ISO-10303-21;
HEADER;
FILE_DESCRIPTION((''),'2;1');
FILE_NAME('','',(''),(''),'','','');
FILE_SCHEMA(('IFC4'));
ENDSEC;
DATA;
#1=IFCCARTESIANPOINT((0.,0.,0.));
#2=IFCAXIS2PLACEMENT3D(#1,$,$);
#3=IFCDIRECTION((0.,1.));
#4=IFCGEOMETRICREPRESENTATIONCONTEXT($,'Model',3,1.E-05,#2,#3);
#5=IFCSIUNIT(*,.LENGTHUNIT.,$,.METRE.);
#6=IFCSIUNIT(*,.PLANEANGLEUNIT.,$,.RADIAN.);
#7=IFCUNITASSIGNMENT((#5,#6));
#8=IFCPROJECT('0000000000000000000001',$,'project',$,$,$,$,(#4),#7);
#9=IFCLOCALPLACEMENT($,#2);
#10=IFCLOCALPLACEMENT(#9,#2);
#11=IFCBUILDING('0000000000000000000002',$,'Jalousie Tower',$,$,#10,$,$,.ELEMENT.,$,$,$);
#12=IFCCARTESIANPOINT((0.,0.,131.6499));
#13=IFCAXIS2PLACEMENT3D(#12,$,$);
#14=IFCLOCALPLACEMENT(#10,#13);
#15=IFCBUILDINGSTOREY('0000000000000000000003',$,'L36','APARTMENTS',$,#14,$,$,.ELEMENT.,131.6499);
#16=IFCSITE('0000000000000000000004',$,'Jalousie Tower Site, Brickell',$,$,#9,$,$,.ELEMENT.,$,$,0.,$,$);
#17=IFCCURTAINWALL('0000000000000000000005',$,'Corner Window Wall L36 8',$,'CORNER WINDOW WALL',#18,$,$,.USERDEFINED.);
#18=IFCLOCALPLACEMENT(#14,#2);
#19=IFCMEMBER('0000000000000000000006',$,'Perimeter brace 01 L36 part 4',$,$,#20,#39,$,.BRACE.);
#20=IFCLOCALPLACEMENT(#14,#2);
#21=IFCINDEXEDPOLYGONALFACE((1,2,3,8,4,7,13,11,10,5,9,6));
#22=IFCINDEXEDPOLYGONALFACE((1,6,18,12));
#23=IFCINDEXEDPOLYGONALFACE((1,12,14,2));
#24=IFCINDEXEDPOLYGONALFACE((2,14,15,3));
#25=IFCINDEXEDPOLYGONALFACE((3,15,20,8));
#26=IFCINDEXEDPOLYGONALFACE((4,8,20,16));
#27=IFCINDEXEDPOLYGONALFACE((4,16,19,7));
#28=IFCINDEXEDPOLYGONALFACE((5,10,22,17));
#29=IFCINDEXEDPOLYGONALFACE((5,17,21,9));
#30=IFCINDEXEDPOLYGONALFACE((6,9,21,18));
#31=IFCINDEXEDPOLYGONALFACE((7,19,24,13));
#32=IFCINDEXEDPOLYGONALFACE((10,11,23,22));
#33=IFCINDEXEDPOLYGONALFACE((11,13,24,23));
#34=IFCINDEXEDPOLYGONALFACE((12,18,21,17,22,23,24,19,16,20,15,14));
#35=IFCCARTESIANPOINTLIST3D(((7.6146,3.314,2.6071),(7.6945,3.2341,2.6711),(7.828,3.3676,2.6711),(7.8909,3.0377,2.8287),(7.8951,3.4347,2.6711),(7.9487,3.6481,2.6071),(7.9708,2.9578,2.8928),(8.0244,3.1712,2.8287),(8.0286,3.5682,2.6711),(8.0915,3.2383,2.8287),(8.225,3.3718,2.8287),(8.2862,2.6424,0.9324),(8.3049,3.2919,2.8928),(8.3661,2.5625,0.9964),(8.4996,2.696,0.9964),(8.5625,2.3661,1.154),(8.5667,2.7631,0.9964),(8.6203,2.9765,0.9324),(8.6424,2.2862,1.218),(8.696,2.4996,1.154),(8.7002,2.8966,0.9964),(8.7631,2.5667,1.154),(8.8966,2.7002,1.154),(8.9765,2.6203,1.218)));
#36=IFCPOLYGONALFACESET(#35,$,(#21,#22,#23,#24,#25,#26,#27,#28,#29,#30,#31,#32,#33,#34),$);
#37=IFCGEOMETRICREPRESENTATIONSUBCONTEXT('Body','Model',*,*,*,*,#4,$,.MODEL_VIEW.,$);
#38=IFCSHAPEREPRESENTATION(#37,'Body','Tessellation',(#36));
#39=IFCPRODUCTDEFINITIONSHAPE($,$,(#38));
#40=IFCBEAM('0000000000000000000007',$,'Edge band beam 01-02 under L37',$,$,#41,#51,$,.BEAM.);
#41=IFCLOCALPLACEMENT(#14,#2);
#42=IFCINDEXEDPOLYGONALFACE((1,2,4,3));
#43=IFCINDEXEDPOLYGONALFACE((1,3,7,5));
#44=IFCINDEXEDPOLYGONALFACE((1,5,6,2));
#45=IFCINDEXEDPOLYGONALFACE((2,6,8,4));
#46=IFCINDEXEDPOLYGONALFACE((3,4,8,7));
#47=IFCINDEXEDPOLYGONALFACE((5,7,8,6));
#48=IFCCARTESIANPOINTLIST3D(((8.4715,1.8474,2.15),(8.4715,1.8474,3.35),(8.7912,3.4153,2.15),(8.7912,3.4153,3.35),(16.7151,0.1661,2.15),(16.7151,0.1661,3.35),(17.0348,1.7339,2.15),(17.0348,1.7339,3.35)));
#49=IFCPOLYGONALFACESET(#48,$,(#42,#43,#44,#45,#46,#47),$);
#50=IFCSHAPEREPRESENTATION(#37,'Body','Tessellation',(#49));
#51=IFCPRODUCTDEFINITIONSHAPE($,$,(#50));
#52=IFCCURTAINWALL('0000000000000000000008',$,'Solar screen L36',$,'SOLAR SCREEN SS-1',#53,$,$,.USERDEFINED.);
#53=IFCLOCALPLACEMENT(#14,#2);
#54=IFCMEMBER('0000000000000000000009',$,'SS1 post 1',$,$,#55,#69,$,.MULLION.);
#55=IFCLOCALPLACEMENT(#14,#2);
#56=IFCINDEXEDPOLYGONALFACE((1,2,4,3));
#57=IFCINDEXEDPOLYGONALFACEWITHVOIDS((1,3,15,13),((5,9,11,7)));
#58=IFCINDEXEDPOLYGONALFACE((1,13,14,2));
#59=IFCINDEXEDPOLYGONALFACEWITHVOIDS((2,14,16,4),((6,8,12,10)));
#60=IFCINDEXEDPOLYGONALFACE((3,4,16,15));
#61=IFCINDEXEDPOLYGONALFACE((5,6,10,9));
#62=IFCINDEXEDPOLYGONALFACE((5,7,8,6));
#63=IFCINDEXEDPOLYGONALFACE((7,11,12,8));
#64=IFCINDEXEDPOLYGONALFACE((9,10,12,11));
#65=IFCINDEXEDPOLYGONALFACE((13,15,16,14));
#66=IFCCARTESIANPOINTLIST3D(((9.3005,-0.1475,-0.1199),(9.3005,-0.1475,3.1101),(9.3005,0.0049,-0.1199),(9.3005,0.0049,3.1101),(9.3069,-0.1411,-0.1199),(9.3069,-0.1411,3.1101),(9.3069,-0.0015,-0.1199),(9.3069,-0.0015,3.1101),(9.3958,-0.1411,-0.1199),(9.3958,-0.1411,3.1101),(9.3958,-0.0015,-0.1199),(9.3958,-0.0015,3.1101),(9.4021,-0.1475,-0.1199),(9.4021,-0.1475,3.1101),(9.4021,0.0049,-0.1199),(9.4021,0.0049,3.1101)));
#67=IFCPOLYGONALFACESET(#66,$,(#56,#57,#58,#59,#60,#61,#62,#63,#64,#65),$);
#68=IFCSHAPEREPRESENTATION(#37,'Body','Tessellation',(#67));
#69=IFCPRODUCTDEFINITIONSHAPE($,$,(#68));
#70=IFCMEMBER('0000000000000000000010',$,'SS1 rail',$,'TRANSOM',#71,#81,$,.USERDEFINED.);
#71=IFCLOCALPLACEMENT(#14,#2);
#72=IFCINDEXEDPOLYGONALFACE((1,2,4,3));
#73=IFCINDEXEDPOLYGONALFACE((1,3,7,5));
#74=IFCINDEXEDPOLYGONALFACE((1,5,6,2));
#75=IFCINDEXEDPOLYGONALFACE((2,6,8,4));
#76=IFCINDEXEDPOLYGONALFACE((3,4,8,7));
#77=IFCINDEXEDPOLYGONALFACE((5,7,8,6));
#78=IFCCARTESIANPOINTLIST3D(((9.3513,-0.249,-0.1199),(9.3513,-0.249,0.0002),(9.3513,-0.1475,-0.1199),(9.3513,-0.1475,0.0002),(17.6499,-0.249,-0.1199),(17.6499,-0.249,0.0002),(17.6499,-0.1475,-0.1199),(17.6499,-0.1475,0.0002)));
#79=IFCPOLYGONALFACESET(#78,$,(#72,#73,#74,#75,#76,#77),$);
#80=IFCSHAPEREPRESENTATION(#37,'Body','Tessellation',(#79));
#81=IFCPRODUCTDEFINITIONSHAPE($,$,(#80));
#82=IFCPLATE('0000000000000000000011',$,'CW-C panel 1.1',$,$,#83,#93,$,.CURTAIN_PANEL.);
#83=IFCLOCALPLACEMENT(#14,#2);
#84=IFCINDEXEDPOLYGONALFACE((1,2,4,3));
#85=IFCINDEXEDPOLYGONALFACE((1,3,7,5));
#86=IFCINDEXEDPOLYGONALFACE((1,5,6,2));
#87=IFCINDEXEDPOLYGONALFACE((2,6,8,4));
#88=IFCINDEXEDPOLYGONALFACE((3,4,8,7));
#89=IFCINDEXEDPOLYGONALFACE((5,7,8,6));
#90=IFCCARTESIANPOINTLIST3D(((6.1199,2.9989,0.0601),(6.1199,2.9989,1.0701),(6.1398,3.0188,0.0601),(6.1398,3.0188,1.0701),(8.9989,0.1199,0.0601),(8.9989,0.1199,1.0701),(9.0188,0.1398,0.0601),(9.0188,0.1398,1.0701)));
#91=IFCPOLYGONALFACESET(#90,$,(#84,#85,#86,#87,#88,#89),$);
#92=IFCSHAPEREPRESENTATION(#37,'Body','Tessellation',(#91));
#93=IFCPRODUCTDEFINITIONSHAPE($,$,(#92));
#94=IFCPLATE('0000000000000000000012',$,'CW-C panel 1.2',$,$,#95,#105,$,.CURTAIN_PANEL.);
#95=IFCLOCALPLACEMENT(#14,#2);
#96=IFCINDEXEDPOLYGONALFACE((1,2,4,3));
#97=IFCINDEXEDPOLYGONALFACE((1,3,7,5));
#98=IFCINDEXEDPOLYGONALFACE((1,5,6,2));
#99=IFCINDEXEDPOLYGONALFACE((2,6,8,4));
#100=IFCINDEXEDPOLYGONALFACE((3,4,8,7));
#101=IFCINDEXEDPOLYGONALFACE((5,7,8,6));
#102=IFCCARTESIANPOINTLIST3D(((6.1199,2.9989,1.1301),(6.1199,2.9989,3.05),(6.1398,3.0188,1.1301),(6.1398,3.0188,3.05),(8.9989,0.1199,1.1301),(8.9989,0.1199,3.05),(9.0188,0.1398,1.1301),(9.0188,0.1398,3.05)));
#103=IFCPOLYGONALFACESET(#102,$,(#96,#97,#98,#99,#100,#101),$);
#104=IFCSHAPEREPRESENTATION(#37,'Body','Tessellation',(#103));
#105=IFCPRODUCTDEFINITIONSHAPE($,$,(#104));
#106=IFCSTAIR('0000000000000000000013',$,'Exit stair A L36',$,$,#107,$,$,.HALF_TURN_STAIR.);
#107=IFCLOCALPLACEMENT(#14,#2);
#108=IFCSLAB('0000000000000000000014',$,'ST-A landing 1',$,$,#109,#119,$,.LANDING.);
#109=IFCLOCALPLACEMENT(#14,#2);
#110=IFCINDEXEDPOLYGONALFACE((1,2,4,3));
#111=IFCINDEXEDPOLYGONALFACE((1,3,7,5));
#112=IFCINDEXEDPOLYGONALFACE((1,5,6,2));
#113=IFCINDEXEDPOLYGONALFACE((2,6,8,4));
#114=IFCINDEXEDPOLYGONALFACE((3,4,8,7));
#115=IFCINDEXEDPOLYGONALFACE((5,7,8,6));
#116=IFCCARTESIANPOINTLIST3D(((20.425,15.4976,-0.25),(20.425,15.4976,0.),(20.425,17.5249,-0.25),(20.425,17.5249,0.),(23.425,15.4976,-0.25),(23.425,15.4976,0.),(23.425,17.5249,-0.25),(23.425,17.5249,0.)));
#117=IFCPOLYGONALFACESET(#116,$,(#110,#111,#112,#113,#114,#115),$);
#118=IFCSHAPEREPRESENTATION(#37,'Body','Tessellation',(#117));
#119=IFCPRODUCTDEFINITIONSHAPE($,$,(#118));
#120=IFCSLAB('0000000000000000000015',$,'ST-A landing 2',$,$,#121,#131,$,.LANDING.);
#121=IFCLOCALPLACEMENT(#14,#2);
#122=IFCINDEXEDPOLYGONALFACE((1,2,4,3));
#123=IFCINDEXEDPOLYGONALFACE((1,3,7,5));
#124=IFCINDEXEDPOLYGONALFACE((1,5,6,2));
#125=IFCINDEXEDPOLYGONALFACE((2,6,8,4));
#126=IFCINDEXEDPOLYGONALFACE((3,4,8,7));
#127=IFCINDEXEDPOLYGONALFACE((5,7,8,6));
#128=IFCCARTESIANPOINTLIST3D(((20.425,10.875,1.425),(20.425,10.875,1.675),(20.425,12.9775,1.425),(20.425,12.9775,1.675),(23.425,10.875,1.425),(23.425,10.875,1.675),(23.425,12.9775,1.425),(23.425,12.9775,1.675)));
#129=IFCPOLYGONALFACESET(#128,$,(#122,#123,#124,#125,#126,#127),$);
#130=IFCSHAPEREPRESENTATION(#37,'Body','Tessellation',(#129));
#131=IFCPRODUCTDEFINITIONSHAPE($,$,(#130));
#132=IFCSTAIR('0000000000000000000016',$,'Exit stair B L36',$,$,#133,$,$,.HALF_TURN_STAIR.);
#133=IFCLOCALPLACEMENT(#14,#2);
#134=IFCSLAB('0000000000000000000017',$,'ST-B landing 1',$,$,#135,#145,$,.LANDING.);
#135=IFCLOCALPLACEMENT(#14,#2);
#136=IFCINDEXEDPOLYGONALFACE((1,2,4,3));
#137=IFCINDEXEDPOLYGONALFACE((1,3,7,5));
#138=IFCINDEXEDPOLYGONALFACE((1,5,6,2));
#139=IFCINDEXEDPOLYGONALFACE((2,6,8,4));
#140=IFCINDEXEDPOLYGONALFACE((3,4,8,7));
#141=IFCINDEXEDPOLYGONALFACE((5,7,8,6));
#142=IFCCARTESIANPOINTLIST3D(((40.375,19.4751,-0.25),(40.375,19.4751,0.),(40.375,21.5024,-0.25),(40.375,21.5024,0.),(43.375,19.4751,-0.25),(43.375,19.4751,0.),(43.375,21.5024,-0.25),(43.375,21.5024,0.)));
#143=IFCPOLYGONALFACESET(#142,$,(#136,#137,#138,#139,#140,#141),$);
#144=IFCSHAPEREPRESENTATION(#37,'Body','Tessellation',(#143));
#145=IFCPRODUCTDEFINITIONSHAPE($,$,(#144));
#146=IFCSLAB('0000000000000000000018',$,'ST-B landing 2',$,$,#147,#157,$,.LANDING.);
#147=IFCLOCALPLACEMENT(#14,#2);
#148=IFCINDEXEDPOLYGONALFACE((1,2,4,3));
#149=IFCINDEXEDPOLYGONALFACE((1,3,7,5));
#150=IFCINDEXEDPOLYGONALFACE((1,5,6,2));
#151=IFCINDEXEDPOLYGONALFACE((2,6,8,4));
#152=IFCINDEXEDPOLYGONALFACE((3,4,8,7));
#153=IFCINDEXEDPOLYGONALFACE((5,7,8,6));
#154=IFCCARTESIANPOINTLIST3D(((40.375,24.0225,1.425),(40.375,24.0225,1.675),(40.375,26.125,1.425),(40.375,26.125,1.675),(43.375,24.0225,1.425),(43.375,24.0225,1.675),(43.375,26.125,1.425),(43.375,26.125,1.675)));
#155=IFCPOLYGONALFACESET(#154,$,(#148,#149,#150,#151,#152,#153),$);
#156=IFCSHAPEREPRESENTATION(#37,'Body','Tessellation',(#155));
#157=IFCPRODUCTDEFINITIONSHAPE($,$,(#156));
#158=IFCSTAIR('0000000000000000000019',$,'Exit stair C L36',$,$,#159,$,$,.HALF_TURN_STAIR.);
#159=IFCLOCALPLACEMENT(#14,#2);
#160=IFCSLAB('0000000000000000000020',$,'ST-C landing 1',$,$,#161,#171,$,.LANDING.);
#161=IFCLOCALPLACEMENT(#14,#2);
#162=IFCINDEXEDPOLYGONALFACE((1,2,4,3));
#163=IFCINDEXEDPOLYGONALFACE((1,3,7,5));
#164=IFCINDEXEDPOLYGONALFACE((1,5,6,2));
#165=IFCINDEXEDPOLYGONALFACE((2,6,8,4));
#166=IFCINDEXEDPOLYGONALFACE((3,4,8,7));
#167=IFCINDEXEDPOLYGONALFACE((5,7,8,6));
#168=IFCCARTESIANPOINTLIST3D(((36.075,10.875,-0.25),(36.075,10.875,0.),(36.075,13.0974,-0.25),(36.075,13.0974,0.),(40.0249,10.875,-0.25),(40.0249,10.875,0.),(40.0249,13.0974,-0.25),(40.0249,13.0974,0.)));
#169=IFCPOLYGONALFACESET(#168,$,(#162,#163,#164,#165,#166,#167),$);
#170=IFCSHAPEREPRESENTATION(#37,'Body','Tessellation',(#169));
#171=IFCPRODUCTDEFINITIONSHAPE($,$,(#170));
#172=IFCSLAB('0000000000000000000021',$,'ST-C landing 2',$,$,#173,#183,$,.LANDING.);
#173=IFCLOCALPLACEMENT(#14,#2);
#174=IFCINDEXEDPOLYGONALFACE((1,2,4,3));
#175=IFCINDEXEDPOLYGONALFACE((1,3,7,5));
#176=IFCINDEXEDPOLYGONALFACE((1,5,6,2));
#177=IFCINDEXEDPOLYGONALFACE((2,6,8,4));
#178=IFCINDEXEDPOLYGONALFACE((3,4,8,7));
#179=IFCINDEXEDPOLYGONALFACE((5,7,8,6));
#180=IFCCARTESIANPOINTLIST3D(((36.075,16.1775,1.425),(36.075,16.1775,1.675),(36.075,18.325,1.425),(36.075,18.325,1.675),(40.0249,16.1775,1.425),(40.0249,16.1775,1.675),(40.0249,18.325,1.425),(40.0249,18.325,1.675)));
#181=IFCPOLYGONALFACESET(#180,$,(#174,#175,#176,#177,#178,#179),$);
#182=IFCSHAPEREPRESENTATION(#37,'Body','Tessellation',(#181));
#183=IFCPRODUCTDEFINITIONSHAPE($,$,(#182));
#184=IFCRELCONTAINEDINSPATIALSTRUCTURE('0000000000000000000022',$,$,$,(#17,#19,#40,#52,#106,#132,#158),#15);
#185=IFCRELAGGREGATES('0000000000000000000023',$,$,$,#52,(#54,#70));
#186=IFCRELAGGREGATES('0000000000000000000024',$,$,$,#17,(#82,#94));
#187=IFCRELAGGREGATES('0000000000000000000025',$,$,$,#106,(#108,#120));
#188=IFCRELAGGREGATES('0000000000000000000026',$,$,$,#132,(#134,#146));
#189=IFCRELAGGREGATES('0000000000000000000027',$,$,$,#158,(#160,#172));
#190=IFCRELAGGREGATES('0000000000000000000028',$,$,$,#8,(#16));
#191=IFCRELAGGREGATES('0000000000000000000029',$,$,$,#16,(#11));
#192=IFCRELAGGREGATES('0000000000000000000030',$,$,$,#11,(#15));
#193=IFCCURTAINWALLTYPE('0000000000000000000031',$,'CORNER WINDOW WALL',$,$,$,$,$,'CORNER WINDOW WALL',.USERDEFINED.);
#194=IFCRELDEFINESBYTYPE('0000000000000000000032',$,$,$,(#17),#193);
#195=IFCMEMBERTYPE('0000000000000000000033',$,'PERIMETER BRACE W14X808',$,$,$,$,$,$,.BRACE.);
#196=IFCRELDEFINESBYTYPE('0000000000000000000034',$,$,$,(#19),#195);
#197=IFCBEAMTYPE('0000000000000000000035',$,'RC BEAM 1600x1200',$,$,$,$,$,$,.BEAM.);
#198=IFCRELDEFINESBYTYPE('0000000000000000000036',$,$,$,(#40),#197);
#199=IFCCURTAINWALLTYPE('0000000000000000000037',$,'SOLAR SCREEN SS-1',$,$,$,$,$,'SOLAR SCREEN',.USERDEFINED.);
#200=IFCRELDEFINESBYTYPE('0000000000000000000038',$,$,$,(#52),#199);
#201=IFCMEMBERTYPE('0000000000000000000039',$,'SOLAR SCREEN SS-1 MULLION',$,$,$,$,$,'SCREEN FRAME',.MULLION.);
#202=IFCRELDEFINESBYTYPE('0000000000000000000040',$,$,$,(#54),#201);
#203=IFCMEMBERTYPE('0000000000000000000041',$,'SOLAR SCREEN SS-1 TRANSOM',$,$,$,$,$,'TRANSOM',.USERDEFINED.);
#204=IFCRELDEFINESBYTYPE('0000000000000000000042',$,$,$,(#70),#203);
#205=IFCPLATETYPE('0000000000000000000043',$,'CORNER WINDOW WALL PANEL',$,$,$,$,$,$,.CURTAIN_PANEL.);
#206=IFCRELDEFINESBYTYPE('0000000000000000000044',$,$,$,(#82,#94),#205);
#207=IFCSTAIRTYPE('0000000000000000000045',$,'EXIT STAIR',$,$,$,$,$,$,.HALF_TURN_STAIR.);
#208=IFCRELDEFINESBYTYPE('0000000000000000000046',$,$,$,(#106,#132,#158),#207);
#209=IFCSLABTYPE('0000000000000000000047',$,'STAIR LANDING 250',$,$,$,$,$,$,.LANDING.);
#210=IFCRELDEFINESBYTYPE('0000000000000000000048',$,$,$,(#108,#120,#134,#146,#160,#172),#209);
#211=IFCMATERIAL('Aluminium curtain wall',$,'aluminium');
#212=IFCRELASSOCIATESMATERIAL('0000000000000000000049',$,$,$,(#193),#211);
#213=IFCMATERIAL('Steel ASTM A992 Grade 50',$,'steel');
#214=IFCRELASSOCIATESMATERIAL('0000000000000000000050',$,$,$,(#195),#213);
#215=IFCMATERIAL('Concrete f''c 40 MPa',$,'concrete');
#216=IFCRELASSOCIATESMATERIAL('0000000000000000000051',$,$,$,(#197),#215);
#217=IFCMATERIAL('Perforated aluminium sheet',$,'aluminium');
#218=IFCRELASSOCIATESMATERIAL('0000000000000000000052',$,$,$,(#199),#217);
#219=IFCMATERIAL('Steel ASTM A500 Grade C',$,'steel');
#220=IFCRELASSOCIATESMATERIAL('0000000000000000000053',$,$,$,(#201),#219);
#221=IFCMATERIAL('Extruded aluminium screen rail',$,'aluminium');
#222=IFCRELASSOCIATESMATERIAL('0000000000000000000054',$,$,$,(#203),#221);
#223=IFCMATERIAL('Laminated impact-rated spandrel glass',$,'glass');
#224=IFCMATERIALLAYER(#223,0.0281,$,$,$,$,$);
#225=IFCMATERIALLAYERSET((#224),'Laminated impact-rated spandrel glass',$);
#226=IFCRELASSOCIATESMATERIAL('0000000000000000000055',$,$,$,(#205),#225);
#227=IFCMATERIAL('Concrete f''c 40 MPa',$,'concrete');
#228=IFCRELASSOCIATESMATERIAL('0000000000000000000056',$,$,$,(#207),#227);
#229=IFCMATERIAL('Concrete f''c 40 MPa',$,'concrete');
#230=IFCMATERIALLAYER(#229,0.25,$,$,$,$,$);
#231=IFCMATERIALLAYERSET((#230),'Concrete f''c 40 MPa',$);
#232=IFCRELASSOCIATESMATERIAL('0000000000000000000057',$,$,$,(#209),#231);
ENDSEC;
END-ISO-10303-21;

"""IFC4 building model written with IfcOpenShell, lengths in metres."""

from ifc_helpers import new_model, si_unit, direction, frame, origin, origin_2d, place, context, subcontext, project, spatial, polyline, rectangle, hollow_rectangle, i_section, outline, extrude, material, layer, layer_set, material_profile, profile_set, type_object, element, aggregate, save


model = new_model("IFC4")

# Units and contexts
model_context = context("Model", 3, precision=1e-05, world=origin(), true_north=direction((0.0, 1.0)))
body_context = subcontext(model_context, "Body", "Model", "MODEL_VIEW")
ifc_project = project(units=[si_unit("LENGTHUNIT", "METRE"), si_unit("PLANEANGLEUNIT", "RADIAN")], contexts=[model_context])

# Site, building, storey
site_placement = place(None, origin())
site = spatial("IfcSite", under=ifc_project, at=site_placement, Name="Jalousie Tower Site, Brickell", CompositionType="ELEMENT", RefElevation=0.0)
building_placement = place(site_placement, origin())
building = spatial("IfcBuilding", under=site, at=building_placement, Name="Jalousie Tower", CompositionType="ELEMENT")
storey_placement = place(building_placement, frame((0.0, 0.0, 131.6499)))
storey = spatial("IfcBuildingStorey", under=building, at=storey_placement, Name="L36", Description="APARTMENTS", CompositionType="ELEMENT", Elevation=131.6499)

# Curtain wall
ifc_material_1 = material(Name="Aluminium curtain wall", Category="aluminium")
curtain_wall_type_1 = type_object("IfcCurtainWallType", Name="CORNER WINDOW WALL", ElementType="CORNER WINDOW WALL", PredefinedType="USERDEFINED", material=ifc_material_1)
curtain_wall_1_placement = place(storey_placement, origin())
curtain_wall_1 = element("IfcCurtainWall", 1, at=curtain_wall_1_placement, inside=storey, type_object=curtain_wall_type_1, Name="Corner Window Wall L36 8", ObjectType="CORNER WINDOW WALL", PredefinedType="USERDEFINED")

# Member
ifc_material_2 = material(Name="Steel ASTM A992 Grade 50", Category="steel")
ifc_material_profile_1 = material_profile(ifc_material_2, i_section(OverallWidth=0.4724, OverallDepth=0.5791, WebThickness=0.095, FlangeThickness=0.1299, at=origin_2d()), Name="W14X808")
ifc_profile_set_1 = profile_set([ifc_material_profile_1], Name="Steel ASTM A992 Grade 50")
member_type_1 = type_object("IfcMemberType", Name="PERIMETER BRACE W14X808", PredefinedType="BRACE", material=ifc_profile_set_1)
member_1_placement = place(storey_placement, frame((8.6313, 2.6313, 1.0752), z_axis=(-0.348828, 0.348828, 0.86985), x_axis=(-0.707107, -0.707107, 0.0)))
element("IfcMember", 2, at=member_1_placement, inside=storey, type_object=member_type_1, Name="Perimeter brace 01 L36 part 4", PredefinedType="BRACE", context=body_context, shape_type="SweptSolid", body=[
    extrude(i_section(OverallWidth=0.4724, OverallDepth=0.5791, WebThickness=0.095, FlangeThickness=0.1299, at=origin_2d()), origin(), (0.0, 0.0, 1.0), 1.9253),
])

# Beam
ifc_material_3 = material(Name="Concrete f'c 40 MPa", Category="concrete")
ifc_material_profile_2 = material_profile(ifc_material_3, rectangle(XDim=1.6001, YDim=1.2, at=origin_2d()), Name="RC 1600x1200")
ifc_profile_set_2 = profile_set([ifc_material_profile_2], Name="Concrete f'c 40 MPa")
beam_type_1 = type_object("IfcBeamType", Name="RC BEAM 1600x1200", PredefinedType="BEAM", material=ifc_profile_set_2)
beam_1_placement = place(storey_placement, frame((8.6313, 2.6313, 2.75), z_axis=(0.979827, -0.199848, 0.0), x_axis=(0.199848, 0.979827, 0.0)))
element("IfcBeam", 3, at=beam_1_placement, inside=storey, type_object=beam_type_1, Name="Edge band beam 01-02 under L37", PredefinedType="BEAM", context=body_context, shape_type="SweptSolid", body=[
    extrude(rectangle(XDim=1.6001, YDim=1.2, at=origin_2d()), origin(), (0.0, 0.0, 1.0), 8.4133),
])

# Curtain wall, members
ifc_material_4 = material(Name="Perforated aluminium sheet", Category="aluminium")
curtain_wall_type_2 = type_object("IfcCurtainWallType", Name="SOLAR SCREEN SS-1", ElementType="SOLAR SCREEN", PredefinedType="USERDEFINED", material=ifc_material_4)
curtain_wall_2_placement = place(storey_placement, origin())
curtain_wall_2 = element("IfcCurtainWall", 4, at=curtain_wall_2_placement, inside=storey, type_object=curtain_wall_type_2, Name="Solar screen L36", ObjectType="SOLAR SCREEN SS-1", PredefinedType="USERDEFINED")
ifc_material_5 = material(Name="Steel ASTM A500 Grade C", Category="steel")
ifc_material_profile_3 = material_profile(ifc_material_5, hollow_rectangle(XDim=0.1016, YDim=0.1523, WallThickness=0.0063, at=origin_2d()), Name="HSS6X4X1/4")
ifc_profile_set_3 = profile_set([ifc_material_profile_3], Name="Steel ASTM A500 Grade C")
member_type_2 = type_object("IfcMemberType", Name="SOLAR SCREEN SS-1 MULLION", ElementType="SCREEN FRAME", PredefinedType="MULLION", material=ifc_profile_set_3)
member_2_placement = place(storey_placement, frame((9.3513, -0.0713, -0.1199), z_axis=(0.0, 0.0, 1.0), x_axis=(1.0, 0.0, 0.0)))
member_2 = element("IfcMember", 5, at=member_2_placement, type_object=member_type_2, Name="SS1 post 1", PredefinedType="MULLION", context=body_context, shape_type="SweptSolid", body=[
    extrude(hollow_rectangle(XDim=0.1016, YDim=0.1523, WallThickness=0.0063, at=origin_2d()), origin(), (0.0, 0.0, 1.0), 3.23),
])
ifc_material_6 = material(Name="Extruded aluminium screen rail", Category="aluminium")
ifc_material_profile_4 = material_profile(ifc_material_6, rectangle(XDim=0.1016, YDim=0.1201, at=origin_2d()), Name="RAIL 102x120")
ifc_profile_set_4 = profile_set([ifc_material_profile_4], Name="Extruded aluminium screen rail")
member_type_3 = type_object("IfcMemberType", Name="SOLAR SCREEN SS-1 TRANSOM", ElementType="TRANSOM", PredefinedType="USERDEFINED", material=ifc_profile_set_4)
member_3_placement = place(storey_placement, frame((9.3513, -0.1982, -0.0598), z_axis=(1.0, 0.0, 0.0), x_axis=(0.0, 1.0, 0.0)))
member_3 = element("IfcMember", 6, at=member_3_placement, type_object=member_type_3, Name="SS1 rail", ObjectType="TRANSOM", PredefinedType="USERDEFINED", context=body_context, shape_type="SweptSolid", body=[
    extrude(rectangle(XDim=0.1016, YDim=0.1201, at=origin_2d()), origin(), (0.0, 0.0, 1.0), 8.2986),
])
aggregate(curtain_wall_2, [member_2, member_3])

# Plates
ifc_material_7 = material(Name="Laminated impact-rated spandrel glass", Category="glass")
ifc_layer_1 = layer(ifc_material_7, 0.0281)
ifc_layer_set_1 = layer_set([ifc_layer_1], Name="Laminated impact-rated spandrel glass")
plate_type = type_object("IfcPlateType", Name="CORNER WINDOW WALL PANEL", PredefinedType="CURTAIN_PANEL", material=ifc_layer_set_1)
plate_1_placement = place(storey_placement, frame((7.5693, 1.5693, 0.0601), z_axis=(0.0, 0.0, 1.0), x_axis=(0.707107, -0.707107, 0.0)))
plate_1 = element("IfcPlate", 7, at=plate_1_placement, type_object=plate_type, Name="CW-C panel 1.1", PredefinedType="CURTAIN_PANEL", context=body_context, shape_type="SweptSolid", body=[
    extrude(rectangle(XDim=4.0715, YDim=0.0281, at=origin_2d()), origin(), (0.0, 0.0, 1.0), 1.01),
])
plate_2_placement = place(storey_placement, frame((7.5693, 1.5693, 1.1301), z_axis=(0.0, 0.0, 1.0), x_axis=(0.707107, -0.707107, 0.0)))
plate_2 = element("IfcPlate", 8, at=plate_2_placement, type_object=plate_type, Name="CW-C panel 1.2", PredefinedType="CURTAIN_PANEL", context=body_context, shape_type="SweptSolid", body=[
    extrude(rectangle(XDim=4.0715, YDim=0.0281, at=origin_2d()), origin(), (0.0, 0.0, 1.0), 1.9199),
])
aggregate(curtain_wall_1, [plate_1, plate_2])

# Stairs, slabs
ifc_material_8 = material(Name="Concrete f'c 40 MPa", Category="concrete")
stair_type = type_object("IfcStairType", Name="EXIT STAIR", PredefinedType="HALF_TURN_STAIR", material=ifc_material_8)
stair_1_placement = place(storey_placement, origin())
stair_1 = element("IfcStair", 9, at=stair_1_placement, inside=storey, type_object=stair_type, Name="Exit stair A L36", PredefinedType="HALF_TURN_STAIR")
ifc_material_9 = material(Name="Concrete f'c 40 MPa", Category="concrete")
ifc_layer_2 = layer(ifc_material_9, 0.25)
ifc_layer_set_2 = layer_set([ifc_layer_2], Name="Concrete f'c 40 MPa")
slab_type_1 = type_object("IfcSlabType", Name="STAIR LANDING 250", PredefinedType="LANDING", material=ifc_layer_set_2)
slab_1_placement = place(storey_placement, frame((0.0, 0.0, -0.25)))
slab_1 = element("IfcSlab", 10, at=slab_1_placement, type_object=slab_type_1, Name="ST-A landing 1", PredefinedType="LANDING", context=body_context, shape_type="SweptSolid", body=[
    extrude(outline(polyline([(20.425, 15.4976), (23.425, 15.4976), (23.425, 17.5249), (20.425, 17.5249), (20.425, 15.4976)])), origin(), (0.0, 0.0, 1.0), 0.25),
])
slab_2_placement = place(storey_placement, frame((0.0, 0.0, 1.425)))
slab_2 = element("IfcSlab", 11, at=slab_2_placement, type_object=slab_type_1, Name="ST-A landing 2", PredefinedType="LANDING", context=body_context, shape_type="SweptSolid", body=[
    extrude(outline(polyline([(20.425, 10.875), (23.425, 10.875), (23.425, 12.9775), (20.425, 12.9775), (20.425, 10.875)])), origin(), (0.0, 0.0, 1.0), 0.25),
])
aggregate(stair_1, [slab_1, slab_2])
stair_2_placement = place(storey_placement, origin())
stair_2 = element("IfcStair", 12, at=stair_2_placement, inside=storey, type_object=stair_type, Name="Exit stair B L36", PredefinedType="HALF_TURN_STAIR")
slab_3_placement = place(storey_placement, frame((0.0, 0.0, -0.25)))
slab_3 = element("IfcSlab", 13, at=slab_3_placement, type_object=slab_type_1, Name="ST-B landing 1", PredefinedType="LANDING", context=body_context, shape_type="SweptSolid", body=[
    extrude(outline(polyline([(40.375, 19.4751), (43.375, 19.4751), (43.375, 21.5024), (40.375, 21.5024), (40.375, 19.4751)])), origin(), (0.0, 0.0, 1.0), 0.25),
])
slab_4_placement = place(storey_placement, frame((0.0, 0.0, 1.425)))
slab_4 = element("IfcSlab", 14, at=slab_4_placement, type_object=slab_type_1, Name="ST-B landing 2", PredefinedType="LANDING", context=body_context, shape_type="SweptSolid", body=[
    extrude(outline(polyline([(40.375, 24.0225), (43.375, 24.0225), (43.375, 26.125), (40.375, 26.125), (40.375, 24.0225)])), origin(), (0.0, 0.0, 1.0), 0.25),
])
aggregate(stair_2, [slab_3, slab_4])
stair_3_placement = place(storey_placement, origin())
stair_3 = element("IfcStair", 15, at=stair_3_placement, inside=storey, type_object=stair_type, Name="Exit stair C L36", PredefinedType="HALF_TURN_STAIR")
slab_5_placement = place(storey_placement, frame((0.0, 0.0, -0.25)))
slab_5 = element("IfcSlab", 16, at=slab_5_placement, type_object=slab_type_1, Name="ST-C landing 1", PredefinedType="LANDING", context=body_context, shape_type="SweptSolid", body=[
    extrude(outline(polyline([(36.075, 10.875), (40.0249, 10.875), (40.0249, 13.0974), (36.075, 13.0974), (36.075, 10.875)])), origin(), (0.0, 0.0, 1.0), 0.25),
])
slab_6_placement = place(storey_placement, frame((0.0, 0.0, 1.425)))
slab_6 = element("IfcSlab", 17, at=slab_6_placement, type_object=slab_type_1, Name="ST-C landing 2", PredefinedType="LANDING", context=body_context, shape_type="SweptSolid", body=[
    extrude(outline(polyline([(36.075, 16.1775), (40.0249, 16.1775), (40.0249, 18.325), (36.075, 18.325), (36.075, 16.1775)])), origin(), (0.0, 0.0, 1.0), 0.25),
])
aggregate(stair_3, [slab_5, slab_6])

save(model, "model.ifc")
